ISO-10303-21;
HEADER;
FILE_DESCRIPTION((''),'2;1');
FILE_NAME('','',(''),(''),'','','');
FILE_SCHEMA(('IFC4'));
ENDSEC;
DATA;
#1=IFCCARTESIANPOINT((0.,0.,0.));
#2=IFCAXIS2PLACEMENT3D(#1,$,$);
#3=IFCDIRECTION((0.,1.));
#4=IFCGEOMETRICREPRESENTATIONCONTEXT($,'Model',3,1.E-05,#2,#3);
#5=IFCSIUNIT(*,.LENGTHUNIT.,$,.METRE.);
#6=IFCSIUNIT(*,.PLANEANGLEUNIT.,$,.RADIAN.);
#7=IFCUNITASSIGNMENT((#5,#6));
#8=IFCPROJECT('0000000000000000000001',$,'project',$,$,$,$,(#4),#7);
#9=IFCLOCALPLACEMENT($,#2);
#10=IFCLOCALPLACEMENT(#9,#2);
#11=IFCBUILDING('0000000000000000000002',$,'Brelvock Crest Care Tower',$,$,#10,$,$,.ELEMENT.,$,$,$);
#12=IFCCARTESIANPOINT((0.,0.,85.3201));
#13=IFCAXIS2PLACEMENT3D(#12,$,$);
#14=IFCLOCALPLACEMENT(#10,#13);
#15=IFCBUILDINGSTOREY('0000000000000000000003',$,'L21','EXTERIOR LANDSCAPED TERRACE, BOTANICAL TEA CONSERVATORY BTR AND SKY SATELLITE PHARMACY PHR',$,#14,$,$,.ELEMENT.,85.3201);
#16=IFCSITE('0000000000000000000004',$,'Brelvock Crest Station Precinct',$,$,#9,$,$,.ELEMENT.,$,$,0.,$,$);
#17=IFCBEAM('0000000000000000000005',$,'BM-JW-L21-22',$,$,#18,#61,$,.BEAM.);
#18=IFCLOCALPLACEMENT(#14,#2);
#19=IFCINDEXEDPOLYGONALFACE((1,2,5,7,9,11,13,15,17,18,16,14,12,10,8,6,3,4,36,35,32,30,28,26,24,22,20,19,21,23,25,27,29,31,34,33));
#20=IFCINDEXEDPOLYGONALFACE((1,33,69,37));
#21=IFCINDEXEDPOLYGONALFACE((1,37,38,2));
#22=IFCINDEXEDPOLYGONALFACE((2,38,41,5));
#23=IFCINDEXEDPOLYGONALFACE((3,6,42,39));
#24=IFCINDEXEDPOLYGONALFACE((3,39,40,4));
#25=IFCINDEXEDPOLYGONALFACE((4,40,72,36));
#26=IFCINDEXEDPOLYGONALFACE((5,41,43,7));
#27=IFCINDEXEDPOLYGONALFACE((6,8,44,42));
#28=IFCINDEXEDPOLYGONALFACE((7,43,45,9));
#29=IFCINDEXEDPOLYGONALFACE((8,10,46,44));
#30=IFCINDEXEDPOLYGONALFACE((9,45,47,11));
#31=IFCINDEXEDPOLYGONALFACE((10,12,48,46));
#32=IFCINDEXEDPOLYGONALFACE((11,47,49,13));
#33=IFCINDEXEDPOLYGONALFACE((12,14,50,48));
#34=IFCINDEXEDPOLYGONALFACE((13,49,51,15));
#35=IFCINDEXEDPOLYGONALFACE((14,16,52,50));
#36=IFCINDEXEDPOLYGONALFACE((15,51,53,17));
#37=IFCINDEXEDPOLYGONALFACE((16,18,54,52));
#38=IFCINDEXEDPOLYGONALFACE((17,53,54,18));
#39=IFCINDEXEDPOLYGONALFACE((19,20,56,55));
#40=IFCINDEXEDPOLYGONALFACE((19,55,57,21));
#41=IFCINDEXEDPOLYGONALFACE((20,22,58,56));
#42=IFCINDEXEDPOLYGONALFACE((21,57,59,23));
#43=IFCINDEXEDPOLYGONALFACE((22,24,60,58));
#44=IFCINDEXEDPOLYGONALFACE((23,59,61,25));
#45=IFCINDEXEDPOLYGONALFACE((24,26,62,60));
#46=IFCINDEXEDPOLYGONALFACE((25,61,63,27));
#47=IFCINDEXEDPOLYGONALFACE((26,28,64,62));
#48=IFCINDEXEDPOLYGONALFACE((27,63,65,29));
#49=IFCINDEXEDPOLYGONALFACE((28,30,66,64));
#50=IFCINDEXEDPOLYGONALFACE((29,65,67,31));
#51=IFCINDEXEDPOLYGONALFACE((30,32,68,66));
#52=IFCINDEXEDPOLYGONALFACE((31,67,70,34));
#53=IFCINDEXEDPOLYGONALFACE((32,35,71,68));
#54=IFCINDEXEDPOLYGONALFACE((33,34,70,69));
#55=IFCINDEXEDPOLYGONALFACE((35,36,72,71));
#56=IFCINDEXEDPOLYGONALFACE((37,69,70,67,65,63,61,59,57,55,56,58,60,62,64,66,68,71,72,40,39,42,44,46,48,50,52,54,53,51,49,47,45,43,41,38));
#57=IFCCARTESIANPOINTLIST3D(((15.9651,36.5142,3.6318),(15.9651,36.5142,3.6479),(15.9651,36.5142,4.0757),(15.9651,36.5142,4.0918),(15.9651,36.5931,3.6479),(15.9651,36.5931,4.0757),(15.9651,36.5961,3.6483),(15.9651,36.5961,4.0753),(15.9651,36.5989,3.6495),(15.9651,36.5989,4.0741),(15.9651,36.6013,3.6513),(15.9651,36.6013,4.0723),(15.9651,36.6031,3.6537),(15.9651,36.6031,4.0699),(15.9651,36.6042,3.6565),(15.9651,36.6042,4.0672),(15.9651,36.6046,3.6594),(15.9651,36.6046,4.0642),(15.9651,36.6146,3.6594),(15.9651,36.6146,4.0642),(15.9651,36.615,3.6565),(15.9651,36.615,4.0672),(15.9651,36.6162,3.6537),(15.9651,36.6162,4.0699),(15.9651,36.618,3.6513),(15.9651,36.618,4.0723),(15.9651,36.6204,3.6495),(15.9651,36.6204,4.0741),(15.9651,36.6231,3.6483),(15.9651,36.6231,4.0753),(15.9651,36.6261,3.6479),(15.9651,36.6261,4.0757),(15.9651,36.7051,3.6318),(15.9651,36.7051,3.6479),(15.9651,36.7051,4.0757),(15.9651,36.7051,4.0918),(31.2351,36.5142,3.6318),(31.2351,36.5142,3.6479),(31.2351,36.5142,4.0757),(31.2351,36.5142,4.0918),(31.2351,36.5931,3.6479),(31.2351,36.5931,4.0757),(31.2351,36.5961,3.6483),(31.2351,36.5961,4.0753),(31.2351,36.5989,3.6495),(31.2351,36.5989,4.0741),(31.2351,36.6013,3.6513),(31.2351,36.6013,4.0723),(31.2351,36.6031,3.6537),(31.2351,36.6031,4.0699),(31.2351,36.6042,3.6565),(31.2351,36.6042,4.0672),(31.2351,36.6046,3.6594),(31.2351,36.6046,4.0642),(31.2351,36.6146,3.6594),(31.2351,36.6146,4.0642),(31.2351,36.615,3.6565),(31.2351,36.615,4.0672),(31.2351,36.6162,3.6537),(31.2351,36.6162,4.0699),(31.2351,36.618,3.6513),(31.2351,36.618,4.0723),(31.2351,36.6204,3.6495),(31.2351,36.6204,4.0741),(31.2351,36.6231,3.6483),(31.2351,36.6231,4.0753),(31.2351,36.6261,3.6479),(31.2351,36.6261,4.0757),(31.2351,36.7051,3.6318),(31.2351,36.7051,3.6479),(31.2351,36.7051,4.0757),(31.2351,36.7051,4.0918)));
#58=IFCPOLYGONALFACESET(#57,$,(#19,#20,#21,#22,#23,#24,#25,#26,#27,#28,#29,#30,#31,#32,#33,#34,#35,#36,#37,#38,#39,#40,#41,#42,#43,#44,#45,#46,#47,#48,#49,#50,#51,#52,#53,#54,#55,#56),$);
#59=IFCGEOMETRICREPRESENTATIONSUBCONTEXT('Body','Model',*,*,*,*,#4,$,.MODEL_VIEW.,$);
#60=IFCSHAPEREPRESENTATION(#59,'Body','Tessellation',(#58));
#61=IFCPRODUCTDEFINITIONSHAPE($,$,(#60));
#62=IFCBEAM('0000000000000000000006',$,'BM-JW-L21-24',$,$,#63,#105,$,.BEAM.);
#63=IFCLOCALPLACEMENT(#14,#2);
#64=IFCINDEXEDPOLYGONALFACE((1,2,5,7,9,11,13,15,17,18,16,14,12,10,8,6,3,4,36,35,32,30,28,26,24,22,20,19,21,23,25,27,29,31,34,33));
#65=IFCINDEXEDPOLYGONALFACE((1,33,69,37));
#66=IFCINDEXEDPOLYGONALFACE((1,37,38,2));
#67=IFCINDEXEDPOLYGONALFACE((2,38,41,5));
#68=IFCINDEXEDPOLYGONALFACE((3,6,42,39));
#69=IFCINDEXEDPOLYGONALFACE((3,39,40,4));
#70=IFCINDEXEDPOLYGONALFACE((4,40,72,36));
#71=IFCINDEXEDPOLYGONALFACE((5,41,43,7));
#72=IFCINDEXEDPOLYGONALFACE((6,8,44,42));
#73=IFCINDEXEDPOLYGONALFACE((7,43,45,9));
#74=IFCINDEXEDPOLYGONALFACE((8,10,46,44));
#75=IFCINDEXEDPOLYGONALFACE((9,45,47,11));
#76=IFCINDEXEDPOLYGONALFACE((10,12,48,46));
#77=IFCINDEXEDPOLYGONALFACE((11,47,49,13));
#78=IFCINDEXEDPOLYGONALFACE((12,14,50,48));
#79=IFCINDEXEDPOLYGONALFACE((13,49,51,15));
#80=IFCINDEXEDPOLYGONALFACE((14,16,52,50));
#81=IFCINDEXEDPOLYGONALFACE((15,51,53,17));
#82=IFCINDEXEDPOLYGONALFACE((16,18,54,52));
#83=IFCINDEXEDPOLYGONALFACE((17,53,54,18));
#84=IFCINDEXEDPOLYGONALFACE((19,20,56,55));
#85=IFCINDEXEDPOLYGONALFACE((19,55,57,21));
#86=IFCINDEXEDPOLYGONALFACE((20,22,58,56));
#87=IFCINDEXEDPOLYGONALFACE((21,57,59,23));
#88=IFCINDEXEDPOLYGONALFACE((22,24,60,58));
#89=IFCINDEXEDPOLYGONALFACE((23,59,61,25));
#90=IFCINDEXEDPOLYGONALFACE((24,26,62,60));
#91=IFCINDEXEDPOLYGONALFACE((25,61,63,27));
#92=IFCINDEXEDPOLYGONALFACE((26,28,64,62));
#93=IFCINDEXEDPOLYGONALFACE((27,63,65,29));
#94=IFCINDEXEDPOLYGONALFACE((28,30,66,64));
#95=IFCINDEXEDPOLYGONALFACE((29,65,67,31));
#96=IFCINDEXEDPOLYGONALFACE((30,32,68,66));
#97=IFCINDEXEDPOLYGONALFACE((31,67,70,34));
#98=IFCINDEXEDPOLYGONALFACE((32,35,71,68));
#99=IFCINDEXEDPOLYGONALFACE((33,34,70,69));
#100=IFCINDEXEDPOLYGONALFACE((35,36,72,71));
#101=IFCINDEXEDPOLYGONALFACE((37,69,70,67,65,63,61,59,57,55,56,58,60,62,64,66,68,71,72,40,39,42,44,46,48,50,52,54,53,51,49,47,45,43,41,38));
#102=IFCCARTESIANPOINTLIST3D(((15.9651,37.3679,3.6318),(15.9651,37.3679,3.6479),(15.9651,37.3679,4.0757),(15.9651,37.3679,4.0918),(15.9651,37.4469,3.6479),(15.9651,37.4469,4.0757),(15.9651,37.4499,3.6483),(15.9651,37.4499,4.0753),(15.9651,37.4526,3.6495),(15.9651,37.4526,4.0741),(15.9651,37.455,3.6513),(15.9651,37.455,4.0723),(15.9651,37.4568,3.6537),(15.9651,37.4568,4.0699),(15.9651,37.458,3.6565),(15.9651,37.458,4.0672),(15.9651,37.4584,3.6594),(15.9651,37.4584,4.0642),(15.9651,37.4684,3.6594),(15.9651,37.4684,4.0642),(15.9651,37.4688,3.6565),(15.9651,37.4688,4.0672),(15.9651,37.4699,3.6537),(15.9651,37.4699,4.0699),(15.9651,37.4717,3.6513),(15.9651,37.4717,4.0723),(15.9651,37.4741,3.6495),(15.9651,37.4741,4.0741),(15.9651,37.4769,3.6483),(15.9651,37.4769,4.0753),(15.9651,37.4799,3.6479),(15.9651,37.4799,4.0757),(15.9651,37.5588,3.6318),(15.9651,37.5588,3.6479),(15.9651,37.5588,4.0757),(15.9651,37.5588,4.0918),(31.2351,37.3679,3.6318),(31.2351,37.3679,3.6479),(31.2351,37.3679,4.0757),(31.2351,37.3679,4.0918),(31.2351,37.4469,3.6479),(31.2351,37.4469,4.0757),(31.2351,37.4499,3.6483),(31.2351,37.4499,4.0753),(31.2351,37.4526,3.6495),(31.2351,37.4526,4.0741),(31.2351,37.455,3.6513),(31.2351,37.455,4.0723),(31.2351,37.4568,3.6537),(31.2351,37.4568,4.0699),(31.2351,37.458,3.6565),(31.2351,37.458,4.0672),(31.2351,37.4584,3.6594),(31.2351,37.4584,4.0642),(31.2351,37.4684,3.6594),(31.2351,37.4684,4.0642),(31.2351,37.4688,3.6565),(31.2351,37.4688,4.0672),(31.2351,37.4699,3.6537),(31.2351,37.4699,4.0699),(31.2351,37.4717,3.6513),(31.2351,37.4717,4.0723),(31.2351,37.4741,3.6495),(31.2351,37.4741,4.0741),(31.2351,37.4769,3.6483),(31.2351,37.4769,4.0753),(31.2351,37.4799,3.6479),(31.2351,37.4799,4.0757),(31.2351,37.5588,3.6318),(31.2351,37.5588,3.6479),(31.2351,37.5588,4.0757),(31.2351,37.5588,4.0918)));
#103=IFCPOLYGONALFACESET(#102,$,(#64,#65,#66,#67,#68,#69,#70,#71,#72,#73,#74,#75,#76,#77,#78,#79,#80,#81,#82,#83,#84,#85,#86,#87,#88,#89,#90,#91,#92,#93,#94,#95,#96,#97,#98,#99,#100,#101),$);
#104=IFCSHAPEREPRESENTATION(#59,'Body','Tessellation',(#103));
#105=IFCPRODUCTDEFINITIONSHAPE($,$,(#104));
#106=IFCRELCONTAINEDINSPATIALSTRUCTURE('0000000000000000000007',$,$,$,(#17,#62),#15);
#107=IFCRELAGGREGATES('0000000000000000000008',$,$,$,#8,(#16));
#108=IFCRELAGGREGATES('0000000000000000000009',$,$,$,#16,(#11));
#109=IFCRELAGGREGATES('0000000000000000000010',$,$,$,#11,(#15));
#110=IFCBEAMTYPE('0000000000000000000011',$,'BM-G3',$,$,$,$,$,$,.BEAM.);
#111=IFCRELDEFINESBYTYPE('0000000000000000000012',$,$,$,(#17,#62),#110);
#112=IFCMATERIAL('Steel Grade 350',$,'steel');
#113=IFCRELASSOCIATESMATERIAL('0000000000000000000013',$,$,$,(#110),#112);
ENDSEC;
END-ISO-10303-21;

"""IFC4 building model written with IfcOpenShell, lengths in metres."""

from ifc_helpers import new_model, si_unit, direction, frame, origin, origin_2d, place, context, subcontext, project, spatial, i_section, extrude, source, transform, mapped, material, material_profile, profile_set, type_object, element, save


model = new_model("IFC4")

# Units and contexts
model_context = context("Model", 3, precision=1e-05, world=origin(), true_north=direction((0.0, 1.0)))
body_context = subcontext(model_context, "Body", "Model", "MODEL_VIEW")
ifc_project = project(units=[si_unit("LENGTHUNIT", "METRE"), si_unit("PLANEANGLEUNIT", "RADIAN")], contexts=[model_context])

# Site, building, storey
site_placement = place(None, origin())
site = spatial("IfcSite", under=ifc_project, at=site_placement, Name="Brelvock Crest Station Precinct", CompositionType="ELEMENT", RefElevation=0.0)
building_placement = place(site_placement, origin())
building = spatial("IfcBuilding", under=site, at=building_placement, Name="Brelvock Crest Care Tower", CompositionType="ELEMENT")
storey_placement = place(building_placement, frame((0.0, 0.0, 85.3201)))
storey = spatial("IfcBuildingStorey", under=building, at=storey_placement, Name="L21", Description="EXTERIOR LANDSCAPED TERRACE, BOTANICAL TEA CONSERVATORY BTR AND SKY SATELLITE PHARMACY PHR", CompositionType="ELEMENT", Elevation=85.3201)

# Beams
ifc_material = material(Name="Steel Grade 350", Category="steel")
ifc_material_profile_1 = material_profile(ifc_material, i_section(OverallWidth=0.1909, OverallDepth=0.46, WebThickness=0.01, FlangeThickness=0.0161, FilletRadius=0.0115, at=origin_2d()), Name="460UB82.1")
ifc_profile_set_1 = profile_set([ifc_material_profile_1], Name="Steel Grade 350")
beam_type_1 = type_object("IfcBeamType", Name="BM-G3", PredefinedType="BEAM", material=ifc_profile_set_1)
shared_shape_1 = source(origin(), body_context, "Body", "SweptSolid", [
    extrude(i_section(OverallWidth=0.1909, OverallDepth=0.46, WebThickness=0.01, FlangeThickness=0.0161, FilletRadius=0.0115, at=origin_2d()), origin(), (0.0, 0.0, 1.0), 15.27),
])
for number, where, z_axis, x_axis, name in (
    (1, (15.9651, 36.6096, 3.8618), (1.0, 0.0, 0.0), (0.0, 1.0, 0.0), "BM-JW-L21-22"),
    (2, (15.9651, 37.4634, 3.8618), (1.0, 0.0, 0.0), (0.0, 1.0, 0.0), "BM-JW-L21-24"),
):
    element("IfcBeam", number, at=place(storey_placement, frame(where, z_axis=z_axis, x_axis=x_axis)), inside=storey, type_object=beam_type_1, Name=name, PredefinedType="BEAM", context=body_context, shape_type="MappedRepresentation", body=[
        mapped(shared_shape_1, transform((0.0, 0.0, 0.0), x_axis=(1.0, 0.0, 0.0), y_axis=(0.0, 1.0, 0.0), z_axis=(0.0, 0.0, 1.0), scale=1.0)),
    ])

save(model, "model.ifc")
